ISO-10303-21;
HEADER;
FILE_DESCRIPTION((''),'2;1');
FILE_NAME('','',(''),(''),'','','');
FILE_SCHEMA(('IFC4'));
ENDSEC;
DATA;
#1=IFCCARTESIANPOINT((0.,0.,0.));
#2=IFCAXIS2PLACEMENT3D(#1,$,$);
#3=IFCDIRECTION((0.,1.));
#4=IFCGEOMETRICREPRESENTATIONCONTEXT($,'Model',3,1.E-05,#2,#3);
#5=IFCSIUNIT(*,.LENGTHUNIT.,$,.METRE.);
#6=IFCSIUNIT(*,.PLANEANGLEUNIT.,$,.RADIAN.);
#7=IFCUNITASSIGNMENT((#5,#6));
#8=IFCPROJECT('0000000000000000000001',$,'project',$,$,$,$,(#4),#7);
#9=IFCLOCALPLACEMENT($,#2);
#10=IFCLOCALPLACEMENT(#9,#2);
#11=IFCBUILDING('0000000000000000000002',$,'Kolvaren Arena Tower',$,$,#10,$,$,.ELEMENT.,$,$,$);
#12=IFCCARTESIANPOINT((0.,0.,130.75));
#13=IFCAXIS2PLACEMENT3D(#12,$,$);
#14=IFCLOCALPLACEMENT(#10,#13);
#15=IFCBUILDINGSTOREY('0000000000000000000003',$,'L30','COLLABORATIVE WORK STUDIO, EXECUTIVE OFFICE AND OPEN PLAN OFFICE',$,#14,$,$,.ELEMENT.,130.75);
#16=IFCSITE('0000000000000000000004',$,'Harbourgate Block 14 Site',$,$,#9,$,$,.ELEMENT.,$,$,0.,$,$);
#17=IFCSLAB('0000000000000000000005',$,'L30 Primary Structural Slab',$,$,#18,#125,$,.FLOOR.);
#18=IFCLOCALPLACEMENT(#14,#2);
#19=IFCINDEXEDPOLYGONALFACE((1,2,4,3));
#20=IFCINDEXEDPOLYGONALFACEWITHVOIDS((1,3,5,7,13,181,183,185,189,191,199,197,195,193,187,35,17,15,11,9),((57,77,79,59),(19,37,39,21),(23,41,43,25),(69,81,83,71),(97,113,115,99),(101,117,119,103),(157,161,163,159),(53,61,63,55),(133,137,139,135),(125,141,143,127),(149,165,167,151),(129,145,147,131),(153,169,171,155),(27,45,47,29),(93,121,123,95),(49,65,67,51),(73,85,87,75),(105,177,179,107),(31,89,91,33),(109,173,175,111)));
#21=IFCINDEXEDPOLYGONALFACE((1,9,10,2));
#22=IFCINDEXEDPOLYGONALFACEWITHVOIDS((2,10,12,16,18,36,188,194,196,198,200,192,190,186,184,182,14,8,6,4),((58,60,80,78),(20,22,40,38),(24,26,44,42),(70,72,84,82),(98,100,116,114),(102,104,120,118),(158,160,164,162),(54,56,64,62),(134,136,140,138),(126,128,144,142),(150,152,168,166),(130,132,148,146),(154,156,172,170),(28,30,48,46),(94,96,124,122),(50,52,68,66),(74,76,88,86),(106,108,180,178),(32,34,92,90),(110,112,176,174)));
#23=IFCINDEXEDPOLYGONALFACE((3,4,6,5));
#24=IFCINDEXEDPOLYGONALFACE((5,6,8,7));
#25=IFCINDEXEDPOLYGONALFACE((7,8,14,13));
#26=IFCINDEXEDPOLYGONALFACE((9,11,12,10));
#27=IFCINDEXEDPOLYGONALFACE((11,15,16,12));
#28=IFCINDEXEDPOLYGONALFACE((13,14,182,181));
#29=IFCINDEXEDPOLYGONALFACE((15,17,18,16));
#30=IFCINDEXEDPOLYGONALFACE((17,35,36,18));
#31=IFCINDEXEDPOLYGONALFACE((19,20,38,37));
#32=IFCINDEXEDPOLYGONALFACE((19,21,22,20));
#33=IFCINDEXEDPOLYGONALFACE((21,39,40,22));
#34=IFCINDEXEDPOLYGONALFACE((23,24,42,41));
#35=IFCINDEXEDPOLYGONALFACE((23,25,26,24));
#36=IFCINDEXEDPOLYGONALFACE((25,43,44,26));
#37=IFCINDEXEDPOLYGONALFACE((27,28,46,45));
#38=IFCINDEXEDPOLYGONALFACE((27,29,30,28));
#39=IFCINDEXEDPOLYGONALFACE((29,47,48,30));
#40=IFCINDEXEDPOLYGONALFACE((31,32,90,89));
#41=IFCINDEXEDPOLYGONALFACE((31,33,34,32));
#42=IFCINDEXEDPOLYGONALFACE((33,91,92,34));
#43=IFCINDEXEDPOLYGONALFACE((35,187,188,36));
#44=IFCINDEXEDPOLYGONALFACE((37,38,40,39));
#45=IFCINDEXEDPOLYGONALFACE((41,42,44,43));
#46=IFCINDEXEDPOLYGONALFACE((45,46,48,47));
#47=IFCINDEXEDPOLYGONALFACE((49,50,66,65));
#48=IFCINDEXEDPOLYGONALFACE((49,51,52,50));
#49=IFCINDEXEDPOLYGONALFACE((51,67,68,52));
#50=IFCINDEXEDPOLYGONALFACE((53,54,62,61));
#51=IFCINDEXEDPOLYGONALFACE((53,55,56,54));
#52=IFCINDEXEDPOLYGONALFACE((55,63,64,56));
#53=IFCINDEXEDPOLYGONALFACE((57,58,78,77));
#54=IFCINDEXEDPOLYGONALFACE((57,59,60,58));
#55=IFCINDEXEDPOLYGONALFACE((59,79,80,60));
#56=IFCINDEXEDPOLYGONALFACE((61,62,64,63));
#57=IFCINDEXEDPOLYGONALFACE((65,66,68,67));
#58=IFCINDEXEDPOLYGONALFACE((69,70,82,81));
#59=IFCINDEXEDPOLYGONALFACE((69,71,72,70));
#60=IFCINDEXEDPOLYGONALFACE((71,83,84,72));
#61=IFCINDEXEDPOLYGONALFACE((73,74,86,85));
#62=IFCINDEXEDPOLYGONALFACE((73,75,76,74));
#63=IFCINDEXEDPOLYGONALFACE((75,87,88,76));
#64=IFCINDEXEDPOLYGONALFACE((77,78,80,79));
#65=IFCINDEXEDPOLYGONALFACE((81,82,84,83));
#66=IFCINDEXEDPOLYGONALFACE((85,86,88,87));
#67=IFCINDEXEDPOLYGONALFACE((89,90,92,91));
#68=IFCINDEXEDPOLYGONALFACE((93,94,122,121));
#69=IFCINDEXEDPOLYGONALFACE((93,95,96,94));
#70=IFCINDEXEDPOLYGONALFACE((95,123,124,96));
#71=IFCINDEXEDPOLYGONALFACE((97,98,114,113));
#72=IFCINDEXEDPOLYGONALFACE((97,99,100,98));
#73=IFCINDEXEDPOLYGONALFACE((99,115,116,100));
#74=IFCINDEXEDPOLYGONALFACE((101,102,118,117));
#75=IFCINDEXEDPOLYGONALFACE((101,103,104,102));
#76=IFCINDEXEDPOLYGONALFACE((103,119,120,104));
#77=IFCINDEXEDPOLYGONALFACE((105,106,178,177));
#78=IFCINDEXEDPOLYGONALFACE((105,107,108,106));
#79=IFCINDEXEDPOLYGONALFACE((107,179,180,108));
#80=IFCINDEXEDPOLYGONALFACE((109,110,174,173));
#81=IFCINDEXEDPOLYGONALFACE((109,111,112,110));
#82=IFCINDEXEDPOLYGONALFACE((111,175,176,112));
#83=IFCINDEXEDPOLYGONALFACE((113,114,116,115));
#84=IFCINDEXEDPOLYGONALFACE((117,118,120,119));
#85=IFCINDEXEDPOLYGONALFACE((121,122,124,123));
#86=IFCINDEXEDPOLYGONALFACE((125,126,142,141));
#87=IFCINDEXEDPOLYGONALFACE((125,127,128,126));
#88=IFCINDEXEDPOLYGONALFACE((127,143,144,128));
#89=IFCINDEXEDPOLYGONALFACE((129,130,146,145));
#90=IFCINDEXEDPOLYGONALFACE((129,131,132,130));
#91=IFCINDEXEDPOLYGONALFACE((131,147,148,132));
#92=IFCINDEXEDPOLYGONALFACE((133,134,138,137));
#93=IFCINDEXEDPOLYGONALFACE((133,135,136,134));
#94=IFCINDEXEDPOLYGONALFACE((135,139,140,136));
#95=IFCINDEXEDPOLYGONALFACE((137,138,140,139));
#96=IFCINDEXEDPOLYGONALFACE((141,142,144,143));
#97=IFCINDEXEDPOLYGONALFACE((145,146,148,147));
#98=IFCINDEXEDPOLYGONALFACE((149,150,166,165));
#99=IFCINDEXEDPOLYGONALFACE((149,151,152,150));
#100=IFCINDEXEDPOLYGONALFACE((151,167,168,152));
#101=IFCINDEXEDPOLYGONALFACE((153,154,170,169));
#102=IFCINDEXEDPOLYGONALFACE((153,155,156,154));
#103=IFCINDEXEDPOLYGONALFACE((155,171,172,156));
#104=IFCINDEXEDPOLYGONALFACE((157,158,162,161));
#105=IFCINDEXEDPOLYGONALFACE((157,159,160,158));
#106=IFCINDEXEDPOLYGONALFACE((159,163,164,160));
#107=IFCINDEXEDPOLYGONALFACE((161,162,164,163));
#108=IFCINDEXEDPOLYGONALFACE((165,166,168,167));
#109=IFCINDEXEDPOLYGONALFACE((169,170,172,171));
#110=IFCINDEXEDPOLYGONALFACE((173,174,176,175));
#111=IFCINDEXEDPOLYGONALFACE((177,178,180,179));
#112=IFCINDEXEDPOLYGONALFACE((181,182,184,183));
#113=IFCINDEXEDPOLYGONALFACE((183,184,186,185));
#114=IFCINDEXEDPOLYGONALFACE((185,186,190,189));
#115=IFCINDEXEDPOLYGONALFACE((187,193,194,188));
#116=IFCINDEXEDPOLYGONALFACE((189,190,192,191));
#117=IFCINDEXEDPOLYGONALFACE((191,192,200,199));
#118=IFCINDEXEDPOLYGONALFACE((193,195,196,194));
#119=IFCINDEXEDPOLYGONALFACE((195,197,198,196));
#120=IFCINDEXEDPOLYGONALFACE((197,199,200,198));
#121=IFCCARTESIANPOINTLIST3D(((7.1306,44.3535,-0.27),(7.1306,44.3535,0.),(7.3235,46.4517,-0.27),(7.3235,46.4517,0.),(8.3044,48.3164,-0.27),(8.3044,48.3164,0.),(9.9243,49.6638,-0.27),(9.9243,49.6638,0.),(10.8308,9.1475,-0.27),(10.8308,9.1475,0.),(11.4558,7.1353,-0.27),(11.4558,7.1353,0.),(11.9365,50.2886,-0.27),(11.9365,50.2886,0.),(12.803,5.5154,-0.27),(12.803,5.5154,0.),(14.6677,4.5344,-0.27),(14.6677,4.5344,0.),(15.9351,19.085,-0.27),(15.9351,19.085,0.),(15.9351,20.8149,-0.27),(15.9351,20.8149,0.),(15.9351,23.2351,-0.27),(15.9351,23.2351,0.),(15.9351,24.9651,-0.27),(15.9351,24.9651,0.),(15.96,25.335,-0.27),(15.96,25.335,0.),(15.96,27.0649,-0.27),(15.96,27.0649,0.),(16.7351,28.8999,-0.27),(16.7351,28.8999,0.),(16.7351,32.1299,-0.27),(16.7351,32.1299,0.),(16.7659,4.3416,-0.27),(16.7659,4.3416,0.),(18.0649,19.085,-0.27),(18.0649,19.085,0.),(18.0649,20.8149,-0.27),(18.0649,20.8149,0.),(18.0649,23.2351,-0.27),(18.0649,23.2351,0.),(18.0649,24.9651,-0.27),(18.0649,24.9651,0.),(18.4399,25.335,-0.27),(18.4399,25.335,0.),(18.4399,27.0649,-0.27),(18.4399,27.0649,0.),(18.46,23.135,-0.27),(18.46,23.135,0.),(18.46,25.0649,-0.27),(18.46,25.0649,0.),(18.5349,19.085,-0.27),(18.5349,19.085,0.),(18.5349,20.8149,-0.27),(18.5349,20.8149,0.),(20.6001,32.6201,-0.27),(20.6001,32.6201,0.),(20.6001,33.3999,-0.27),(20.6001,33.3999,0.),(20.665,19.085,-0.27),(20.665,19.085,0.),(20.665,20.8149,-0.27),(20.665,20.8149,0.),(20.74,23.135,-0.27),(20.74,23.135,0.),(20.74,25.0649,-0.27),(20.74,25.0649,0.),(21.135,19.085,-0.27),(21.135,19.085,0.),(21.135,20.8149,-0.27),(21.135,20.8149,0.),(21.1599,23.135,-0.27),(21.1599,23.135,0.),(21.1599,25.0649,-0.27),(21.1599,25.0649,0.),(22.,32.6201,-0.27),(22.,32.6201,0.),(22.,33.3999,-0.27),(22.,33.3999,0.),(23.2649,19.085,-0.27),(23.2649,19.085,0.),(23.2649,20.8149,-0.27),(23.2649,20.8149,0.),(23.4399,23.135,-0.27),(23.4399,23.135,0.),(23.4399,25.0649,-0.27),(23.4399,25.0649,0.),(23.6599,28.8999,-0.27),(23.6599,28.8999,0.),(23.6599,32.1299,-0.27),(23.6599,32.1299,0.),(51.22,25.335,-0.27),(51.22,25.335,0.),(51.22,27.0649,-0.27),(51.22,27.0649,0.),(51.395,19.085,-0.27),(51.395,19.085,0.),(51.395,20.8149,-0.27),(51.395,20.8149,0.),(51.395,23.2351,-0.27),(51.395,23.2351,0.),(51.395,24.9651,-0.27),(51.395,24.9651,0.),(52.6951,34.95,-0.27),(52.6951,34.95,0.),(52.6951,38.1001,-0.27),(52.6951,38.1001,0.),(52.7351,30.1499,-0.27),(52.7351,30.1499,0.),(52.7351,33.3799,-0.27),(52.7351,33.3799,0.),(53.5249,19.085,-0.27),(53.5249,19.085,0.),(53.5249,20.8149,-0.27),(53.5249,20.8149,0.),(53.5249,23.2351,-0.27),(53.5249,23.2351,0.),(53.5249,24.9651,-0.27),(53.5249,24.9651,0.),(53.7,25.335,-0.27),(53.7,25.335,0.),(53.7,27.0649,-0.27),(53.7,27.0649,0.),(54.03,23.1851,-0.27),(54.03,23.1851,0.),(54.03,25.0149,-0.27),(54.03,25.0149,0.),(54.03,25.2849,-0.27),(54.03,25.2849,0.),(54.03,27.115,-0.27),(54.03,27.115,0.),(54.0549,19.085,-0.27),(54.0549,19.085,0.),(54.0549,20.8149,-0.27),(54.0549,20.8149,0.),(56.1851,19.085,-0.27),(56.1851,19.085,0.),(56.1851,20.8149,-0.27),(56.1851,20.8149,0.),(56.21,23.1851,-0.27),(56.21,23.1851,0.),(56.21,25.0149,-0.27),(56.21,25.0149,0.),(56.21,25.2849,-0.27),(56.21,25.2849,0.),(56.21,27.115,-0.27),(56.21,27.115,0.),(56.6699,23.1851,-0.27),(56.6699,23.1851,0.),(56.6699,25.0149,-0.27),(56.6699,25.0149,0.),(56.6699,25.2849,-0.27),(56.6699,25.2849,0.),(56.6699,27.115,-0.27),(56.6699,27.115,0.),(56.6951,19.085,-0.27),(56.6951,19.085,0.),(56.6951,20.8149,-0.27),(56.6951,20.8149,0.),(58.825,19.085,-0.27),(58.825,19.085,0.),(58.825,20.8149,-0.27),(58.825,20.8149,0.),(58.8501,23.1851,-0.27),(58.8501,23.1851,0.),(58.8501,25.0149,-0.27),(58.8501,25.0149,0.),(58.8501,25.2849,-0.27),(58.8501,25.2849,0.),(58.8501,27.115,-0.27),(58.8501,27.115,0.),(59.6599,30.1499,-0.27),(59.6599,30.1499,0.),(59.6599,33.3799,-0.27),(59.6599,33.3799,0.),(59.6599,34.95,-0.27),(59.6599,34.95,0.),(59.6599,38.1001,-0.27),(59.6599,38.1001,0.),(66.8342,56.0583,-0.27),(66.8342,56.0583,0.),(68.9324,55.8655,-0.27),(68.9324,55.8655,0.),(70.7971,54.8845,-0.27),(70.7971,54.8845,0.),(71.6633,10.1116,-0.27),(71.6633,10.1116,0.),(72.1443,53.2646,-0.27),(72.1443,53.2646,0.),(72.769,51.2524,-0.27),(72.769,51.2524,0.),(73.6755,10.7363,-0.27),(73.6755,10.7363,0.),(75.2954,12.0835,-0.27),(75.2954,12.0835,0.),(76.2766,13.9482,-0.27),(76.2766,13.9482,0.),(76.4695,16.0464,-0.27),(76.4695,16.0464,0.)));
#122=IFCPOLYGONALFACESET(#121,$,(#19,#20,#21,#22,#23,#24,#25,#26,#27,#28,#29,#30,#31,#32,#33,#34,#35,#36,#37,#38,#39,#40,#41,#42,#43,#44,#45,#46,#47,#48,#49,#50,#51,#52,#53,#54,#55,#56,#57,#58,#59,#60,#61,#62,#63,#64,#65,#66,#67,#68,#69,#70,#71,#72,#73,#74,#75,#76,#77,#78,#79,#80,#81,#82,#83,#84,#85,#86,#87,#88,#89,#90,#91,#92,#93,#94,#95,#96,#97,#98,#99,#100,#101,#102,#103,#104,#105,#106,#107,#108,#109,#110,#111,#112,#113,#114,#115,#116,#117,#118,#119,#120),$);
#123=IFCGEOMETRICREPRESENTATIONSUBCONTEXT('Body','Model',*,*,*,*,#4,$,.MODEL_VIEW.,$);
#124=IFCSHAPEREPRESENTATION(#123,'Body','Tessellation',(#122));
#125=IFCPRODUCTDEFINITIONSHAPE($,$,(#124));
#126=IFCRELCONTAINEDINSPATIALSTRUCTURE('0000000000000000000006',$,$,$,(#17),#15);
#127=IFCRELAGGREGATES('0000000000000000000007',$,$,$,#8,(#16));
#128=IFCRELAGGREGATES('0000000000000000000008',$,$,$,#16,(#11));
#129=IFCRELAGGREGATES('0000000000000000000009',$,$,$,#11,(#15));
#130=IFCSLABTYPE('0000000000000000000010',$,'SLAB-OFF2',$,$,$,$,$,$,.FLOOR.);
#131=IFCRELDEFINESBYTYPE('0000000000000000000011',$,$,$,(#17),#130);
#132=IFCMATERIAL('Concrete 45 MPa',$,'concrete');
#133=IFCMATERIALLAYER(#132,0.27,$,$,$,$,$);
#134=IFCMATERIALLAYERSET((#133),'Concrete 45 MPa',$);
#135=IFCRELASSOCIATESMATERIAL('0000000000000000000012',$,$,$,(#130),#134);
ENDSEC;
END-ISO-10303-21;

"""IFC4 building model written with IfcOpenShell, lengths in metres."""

from ifc_helpers import new_model, si_unit, direction, frame, origin, place, context, subcontext, project, spatial, polyline, outline, extrude, material, layer, layer_set, type_object, element, save


model = new_model("IFC4")

# Units and contexts
model_context = context("Model", 3, precision=1e-05, world=origin(), true_north=direction((0.0, 1.0)))
body_context = subcontext(model_context, "Body", "Model", "MODEL_VIEW")
ifc_project = project(units=[si_unit("LENGTHUNIT", "METRE"), si_unit("PLANEANGLEUNIT", "RADIAN")], contexts=[model_context])

# Site, building, storey
site_placement = place(None, origin())
site = spatial("IfcSite", under=ifc_project, at=site_placement, Name="Harbourgate Block 14 Site", CompositionType="ELEMENT", RefElevation=0.0)
building_placement = place(site_placement, origin())
building = spatial("IfcBuilding", under=site, at=building_placement, Name="Kolvaren Arena Tower", CompositionType="ELEMENT")
storey_placement = place(building_placement, frame((0.0, 0.0, 130.75)))
storey = spatial("IfcBuildingStorey", under=building, at=storey_placement, Name="L30", Description="COLLABORATIVE WORK STUDIO, EXECUTIVE OFFICE AND OPEN PLAN OFFICE", CompositionType="ELEMENT", Elevation=130.75)

# Shared definitions
ifc_material_1 = material(Name="Concrete 45 MPa", Category="concrete")

# Slab
ifc_layer_1 = layer(ifc_material_1, 0.27)
ifc_layer_set_1 = layer_set([ifc_layer_1], Name="Concrete 45 MPa")
slab_type_1 = type_object("IfcSlabType", Name="SLAB-OFF2", PredefinedType="FLOOR", material=ifc_layer_set_1)
slab_1_placement = place(storey_placement, frame((0.0, 0.0, -0.27)))
element("IfcSlab", 1, at=slab_1_placement, inside=storey, type_object=slab_type_1, Name="L30 Primary Structural Slab", PredefinedType="FLOOR", context=body_context, shape_type="SweptSolid", body=[
    extrude(outline(polyline([(71.6633, 10.1116), (73.6755, 10.7363), (75.2954, 12.0835), (76.2766, 13.9482), (76.4695, 16.0464), (72.769, 51.2524), (72.1443, 53.2646), (70.7971, 54.8845), (68.9324, 55.8655), (66.8342, 56.0583), (11.9365, 50.2886), (9.9243, 49.6638), (8.3044, 48.3164), (7.3235, 46.4517), (7.1306, 44.3535), (10.8308, 9.1475), (11.4558, 7.1353), (12.803, 5.5154), (14.6677, 4.5344), (16.7659, 4.3416), (71.6633, 10.1116)]), holes=[polyline([(15.9351, 19.085), (15.9351, 20.8149), (18.0649, 20.8149), (18.0649, 19.085), (15.9351, 19.085)]), polyline([(18.5349, 19.085), (18.5349, 20.8149), (20.665, 20.8149), (20.665, 19.085), (18.5349, 19.085)]), polyline([(21.135, 19.085), (21.135, 20.8149), (23.2649, 20.8149), (23.2649, 19.085), (21.135, 19.085)]), polyline([(51.395, 19.085), (51.395, 20.8149), (53.5249, 20.8149), (53.5249, 19.085), (51.395, 19.085)]), polyline([(54.0549, 19.085), (54.0549, 20.8149), (56.1851, 20.8149), (56.1851, 19.085), (54.0549, 19.085)]), polyline([(56.6951, 19.085), (56.6951, 20.8149), (58.825, 20.8149), (58.825, 19.085), (56.6951, 19.085)]), polyline([(18.46, 25.0649), (20.74, 25.0649), (20.74, 23.135), (18.46, 23.135), (18.46, 25.0649)]), polyline([(21.1599, 23.135), (21.1599, 25.0649), (23.4399, 25.0649), (23.4399, 23.135), (21.1599, 23.135)]), polyline([(54.03, 25.0149), (56.21, 25.0149), (56.21, 23.1851), (54.03, 23.1851), (54.03, 25.0149)]), polyline([(56.6699, 25.0149), (58.8501, 25.0149), (58.8501, 23.1851), (56.6699, 23.1851), (56.6699, 25.0149)]), polyline([(15.9351, 24.9651), (18.0649, 24.9651), (18.0649, 23.2351), (15.9351, 23.2351), (15.9351, 24.9651)]), polyline([(51.395, 23.2351), (51.395, 24.9651), (53.5249, 24.9651), (53.5249, 23.2351), (51.395, 23.2351)]), polyline([(54.03, 25.2849), (54.03, 27.115), (56.21, 27.115), (56.21, 25.2849), (54.03, 25.2849)]), polyline([(56.6699, 25.2849), (56.6699, 27.115), (58.8501, 27.115), (58.8501, 25.2849), (56.6699, 25.2849)]), polyline([(15.96, 25.335), (15.96, 27.0649), (18.4399, 27.0649), (18.4399, 25.335), (15.96, 25.335)]), polyline([(51.22, 25.335), (51.22, 27.0649), (53.7, 27.0649), (53.7, 25.335), (51.22, 25.335)]), polyline([(16.7351, 32.1299), (23.6599, 32.1299), (23.6599, 28.8999), (16.7351, 28.8999), (16.7351, 32.1299)]), polyline([(52.7351, 33.3799), (59.6599, 33.3799), (59.6599, 30.1499), (52.7351, 30.1499), (52.7351, 33.3799)]), polyline([(20.6001, 33.3999), (22.0, 33.3999), (22.0, 32.6201), (20.6001, 32.6201), (20.6001, 33.3999)]), polyline([(52.6951, 38.1001), (59.6599, 38.1001), (59.6599, 34.95), (52.6951, 34.95), (52.6951, 38.1001)])]), origin(), (0.0, 0.0, 1.0), 0.27),
])

save(model, "model.ifc")
